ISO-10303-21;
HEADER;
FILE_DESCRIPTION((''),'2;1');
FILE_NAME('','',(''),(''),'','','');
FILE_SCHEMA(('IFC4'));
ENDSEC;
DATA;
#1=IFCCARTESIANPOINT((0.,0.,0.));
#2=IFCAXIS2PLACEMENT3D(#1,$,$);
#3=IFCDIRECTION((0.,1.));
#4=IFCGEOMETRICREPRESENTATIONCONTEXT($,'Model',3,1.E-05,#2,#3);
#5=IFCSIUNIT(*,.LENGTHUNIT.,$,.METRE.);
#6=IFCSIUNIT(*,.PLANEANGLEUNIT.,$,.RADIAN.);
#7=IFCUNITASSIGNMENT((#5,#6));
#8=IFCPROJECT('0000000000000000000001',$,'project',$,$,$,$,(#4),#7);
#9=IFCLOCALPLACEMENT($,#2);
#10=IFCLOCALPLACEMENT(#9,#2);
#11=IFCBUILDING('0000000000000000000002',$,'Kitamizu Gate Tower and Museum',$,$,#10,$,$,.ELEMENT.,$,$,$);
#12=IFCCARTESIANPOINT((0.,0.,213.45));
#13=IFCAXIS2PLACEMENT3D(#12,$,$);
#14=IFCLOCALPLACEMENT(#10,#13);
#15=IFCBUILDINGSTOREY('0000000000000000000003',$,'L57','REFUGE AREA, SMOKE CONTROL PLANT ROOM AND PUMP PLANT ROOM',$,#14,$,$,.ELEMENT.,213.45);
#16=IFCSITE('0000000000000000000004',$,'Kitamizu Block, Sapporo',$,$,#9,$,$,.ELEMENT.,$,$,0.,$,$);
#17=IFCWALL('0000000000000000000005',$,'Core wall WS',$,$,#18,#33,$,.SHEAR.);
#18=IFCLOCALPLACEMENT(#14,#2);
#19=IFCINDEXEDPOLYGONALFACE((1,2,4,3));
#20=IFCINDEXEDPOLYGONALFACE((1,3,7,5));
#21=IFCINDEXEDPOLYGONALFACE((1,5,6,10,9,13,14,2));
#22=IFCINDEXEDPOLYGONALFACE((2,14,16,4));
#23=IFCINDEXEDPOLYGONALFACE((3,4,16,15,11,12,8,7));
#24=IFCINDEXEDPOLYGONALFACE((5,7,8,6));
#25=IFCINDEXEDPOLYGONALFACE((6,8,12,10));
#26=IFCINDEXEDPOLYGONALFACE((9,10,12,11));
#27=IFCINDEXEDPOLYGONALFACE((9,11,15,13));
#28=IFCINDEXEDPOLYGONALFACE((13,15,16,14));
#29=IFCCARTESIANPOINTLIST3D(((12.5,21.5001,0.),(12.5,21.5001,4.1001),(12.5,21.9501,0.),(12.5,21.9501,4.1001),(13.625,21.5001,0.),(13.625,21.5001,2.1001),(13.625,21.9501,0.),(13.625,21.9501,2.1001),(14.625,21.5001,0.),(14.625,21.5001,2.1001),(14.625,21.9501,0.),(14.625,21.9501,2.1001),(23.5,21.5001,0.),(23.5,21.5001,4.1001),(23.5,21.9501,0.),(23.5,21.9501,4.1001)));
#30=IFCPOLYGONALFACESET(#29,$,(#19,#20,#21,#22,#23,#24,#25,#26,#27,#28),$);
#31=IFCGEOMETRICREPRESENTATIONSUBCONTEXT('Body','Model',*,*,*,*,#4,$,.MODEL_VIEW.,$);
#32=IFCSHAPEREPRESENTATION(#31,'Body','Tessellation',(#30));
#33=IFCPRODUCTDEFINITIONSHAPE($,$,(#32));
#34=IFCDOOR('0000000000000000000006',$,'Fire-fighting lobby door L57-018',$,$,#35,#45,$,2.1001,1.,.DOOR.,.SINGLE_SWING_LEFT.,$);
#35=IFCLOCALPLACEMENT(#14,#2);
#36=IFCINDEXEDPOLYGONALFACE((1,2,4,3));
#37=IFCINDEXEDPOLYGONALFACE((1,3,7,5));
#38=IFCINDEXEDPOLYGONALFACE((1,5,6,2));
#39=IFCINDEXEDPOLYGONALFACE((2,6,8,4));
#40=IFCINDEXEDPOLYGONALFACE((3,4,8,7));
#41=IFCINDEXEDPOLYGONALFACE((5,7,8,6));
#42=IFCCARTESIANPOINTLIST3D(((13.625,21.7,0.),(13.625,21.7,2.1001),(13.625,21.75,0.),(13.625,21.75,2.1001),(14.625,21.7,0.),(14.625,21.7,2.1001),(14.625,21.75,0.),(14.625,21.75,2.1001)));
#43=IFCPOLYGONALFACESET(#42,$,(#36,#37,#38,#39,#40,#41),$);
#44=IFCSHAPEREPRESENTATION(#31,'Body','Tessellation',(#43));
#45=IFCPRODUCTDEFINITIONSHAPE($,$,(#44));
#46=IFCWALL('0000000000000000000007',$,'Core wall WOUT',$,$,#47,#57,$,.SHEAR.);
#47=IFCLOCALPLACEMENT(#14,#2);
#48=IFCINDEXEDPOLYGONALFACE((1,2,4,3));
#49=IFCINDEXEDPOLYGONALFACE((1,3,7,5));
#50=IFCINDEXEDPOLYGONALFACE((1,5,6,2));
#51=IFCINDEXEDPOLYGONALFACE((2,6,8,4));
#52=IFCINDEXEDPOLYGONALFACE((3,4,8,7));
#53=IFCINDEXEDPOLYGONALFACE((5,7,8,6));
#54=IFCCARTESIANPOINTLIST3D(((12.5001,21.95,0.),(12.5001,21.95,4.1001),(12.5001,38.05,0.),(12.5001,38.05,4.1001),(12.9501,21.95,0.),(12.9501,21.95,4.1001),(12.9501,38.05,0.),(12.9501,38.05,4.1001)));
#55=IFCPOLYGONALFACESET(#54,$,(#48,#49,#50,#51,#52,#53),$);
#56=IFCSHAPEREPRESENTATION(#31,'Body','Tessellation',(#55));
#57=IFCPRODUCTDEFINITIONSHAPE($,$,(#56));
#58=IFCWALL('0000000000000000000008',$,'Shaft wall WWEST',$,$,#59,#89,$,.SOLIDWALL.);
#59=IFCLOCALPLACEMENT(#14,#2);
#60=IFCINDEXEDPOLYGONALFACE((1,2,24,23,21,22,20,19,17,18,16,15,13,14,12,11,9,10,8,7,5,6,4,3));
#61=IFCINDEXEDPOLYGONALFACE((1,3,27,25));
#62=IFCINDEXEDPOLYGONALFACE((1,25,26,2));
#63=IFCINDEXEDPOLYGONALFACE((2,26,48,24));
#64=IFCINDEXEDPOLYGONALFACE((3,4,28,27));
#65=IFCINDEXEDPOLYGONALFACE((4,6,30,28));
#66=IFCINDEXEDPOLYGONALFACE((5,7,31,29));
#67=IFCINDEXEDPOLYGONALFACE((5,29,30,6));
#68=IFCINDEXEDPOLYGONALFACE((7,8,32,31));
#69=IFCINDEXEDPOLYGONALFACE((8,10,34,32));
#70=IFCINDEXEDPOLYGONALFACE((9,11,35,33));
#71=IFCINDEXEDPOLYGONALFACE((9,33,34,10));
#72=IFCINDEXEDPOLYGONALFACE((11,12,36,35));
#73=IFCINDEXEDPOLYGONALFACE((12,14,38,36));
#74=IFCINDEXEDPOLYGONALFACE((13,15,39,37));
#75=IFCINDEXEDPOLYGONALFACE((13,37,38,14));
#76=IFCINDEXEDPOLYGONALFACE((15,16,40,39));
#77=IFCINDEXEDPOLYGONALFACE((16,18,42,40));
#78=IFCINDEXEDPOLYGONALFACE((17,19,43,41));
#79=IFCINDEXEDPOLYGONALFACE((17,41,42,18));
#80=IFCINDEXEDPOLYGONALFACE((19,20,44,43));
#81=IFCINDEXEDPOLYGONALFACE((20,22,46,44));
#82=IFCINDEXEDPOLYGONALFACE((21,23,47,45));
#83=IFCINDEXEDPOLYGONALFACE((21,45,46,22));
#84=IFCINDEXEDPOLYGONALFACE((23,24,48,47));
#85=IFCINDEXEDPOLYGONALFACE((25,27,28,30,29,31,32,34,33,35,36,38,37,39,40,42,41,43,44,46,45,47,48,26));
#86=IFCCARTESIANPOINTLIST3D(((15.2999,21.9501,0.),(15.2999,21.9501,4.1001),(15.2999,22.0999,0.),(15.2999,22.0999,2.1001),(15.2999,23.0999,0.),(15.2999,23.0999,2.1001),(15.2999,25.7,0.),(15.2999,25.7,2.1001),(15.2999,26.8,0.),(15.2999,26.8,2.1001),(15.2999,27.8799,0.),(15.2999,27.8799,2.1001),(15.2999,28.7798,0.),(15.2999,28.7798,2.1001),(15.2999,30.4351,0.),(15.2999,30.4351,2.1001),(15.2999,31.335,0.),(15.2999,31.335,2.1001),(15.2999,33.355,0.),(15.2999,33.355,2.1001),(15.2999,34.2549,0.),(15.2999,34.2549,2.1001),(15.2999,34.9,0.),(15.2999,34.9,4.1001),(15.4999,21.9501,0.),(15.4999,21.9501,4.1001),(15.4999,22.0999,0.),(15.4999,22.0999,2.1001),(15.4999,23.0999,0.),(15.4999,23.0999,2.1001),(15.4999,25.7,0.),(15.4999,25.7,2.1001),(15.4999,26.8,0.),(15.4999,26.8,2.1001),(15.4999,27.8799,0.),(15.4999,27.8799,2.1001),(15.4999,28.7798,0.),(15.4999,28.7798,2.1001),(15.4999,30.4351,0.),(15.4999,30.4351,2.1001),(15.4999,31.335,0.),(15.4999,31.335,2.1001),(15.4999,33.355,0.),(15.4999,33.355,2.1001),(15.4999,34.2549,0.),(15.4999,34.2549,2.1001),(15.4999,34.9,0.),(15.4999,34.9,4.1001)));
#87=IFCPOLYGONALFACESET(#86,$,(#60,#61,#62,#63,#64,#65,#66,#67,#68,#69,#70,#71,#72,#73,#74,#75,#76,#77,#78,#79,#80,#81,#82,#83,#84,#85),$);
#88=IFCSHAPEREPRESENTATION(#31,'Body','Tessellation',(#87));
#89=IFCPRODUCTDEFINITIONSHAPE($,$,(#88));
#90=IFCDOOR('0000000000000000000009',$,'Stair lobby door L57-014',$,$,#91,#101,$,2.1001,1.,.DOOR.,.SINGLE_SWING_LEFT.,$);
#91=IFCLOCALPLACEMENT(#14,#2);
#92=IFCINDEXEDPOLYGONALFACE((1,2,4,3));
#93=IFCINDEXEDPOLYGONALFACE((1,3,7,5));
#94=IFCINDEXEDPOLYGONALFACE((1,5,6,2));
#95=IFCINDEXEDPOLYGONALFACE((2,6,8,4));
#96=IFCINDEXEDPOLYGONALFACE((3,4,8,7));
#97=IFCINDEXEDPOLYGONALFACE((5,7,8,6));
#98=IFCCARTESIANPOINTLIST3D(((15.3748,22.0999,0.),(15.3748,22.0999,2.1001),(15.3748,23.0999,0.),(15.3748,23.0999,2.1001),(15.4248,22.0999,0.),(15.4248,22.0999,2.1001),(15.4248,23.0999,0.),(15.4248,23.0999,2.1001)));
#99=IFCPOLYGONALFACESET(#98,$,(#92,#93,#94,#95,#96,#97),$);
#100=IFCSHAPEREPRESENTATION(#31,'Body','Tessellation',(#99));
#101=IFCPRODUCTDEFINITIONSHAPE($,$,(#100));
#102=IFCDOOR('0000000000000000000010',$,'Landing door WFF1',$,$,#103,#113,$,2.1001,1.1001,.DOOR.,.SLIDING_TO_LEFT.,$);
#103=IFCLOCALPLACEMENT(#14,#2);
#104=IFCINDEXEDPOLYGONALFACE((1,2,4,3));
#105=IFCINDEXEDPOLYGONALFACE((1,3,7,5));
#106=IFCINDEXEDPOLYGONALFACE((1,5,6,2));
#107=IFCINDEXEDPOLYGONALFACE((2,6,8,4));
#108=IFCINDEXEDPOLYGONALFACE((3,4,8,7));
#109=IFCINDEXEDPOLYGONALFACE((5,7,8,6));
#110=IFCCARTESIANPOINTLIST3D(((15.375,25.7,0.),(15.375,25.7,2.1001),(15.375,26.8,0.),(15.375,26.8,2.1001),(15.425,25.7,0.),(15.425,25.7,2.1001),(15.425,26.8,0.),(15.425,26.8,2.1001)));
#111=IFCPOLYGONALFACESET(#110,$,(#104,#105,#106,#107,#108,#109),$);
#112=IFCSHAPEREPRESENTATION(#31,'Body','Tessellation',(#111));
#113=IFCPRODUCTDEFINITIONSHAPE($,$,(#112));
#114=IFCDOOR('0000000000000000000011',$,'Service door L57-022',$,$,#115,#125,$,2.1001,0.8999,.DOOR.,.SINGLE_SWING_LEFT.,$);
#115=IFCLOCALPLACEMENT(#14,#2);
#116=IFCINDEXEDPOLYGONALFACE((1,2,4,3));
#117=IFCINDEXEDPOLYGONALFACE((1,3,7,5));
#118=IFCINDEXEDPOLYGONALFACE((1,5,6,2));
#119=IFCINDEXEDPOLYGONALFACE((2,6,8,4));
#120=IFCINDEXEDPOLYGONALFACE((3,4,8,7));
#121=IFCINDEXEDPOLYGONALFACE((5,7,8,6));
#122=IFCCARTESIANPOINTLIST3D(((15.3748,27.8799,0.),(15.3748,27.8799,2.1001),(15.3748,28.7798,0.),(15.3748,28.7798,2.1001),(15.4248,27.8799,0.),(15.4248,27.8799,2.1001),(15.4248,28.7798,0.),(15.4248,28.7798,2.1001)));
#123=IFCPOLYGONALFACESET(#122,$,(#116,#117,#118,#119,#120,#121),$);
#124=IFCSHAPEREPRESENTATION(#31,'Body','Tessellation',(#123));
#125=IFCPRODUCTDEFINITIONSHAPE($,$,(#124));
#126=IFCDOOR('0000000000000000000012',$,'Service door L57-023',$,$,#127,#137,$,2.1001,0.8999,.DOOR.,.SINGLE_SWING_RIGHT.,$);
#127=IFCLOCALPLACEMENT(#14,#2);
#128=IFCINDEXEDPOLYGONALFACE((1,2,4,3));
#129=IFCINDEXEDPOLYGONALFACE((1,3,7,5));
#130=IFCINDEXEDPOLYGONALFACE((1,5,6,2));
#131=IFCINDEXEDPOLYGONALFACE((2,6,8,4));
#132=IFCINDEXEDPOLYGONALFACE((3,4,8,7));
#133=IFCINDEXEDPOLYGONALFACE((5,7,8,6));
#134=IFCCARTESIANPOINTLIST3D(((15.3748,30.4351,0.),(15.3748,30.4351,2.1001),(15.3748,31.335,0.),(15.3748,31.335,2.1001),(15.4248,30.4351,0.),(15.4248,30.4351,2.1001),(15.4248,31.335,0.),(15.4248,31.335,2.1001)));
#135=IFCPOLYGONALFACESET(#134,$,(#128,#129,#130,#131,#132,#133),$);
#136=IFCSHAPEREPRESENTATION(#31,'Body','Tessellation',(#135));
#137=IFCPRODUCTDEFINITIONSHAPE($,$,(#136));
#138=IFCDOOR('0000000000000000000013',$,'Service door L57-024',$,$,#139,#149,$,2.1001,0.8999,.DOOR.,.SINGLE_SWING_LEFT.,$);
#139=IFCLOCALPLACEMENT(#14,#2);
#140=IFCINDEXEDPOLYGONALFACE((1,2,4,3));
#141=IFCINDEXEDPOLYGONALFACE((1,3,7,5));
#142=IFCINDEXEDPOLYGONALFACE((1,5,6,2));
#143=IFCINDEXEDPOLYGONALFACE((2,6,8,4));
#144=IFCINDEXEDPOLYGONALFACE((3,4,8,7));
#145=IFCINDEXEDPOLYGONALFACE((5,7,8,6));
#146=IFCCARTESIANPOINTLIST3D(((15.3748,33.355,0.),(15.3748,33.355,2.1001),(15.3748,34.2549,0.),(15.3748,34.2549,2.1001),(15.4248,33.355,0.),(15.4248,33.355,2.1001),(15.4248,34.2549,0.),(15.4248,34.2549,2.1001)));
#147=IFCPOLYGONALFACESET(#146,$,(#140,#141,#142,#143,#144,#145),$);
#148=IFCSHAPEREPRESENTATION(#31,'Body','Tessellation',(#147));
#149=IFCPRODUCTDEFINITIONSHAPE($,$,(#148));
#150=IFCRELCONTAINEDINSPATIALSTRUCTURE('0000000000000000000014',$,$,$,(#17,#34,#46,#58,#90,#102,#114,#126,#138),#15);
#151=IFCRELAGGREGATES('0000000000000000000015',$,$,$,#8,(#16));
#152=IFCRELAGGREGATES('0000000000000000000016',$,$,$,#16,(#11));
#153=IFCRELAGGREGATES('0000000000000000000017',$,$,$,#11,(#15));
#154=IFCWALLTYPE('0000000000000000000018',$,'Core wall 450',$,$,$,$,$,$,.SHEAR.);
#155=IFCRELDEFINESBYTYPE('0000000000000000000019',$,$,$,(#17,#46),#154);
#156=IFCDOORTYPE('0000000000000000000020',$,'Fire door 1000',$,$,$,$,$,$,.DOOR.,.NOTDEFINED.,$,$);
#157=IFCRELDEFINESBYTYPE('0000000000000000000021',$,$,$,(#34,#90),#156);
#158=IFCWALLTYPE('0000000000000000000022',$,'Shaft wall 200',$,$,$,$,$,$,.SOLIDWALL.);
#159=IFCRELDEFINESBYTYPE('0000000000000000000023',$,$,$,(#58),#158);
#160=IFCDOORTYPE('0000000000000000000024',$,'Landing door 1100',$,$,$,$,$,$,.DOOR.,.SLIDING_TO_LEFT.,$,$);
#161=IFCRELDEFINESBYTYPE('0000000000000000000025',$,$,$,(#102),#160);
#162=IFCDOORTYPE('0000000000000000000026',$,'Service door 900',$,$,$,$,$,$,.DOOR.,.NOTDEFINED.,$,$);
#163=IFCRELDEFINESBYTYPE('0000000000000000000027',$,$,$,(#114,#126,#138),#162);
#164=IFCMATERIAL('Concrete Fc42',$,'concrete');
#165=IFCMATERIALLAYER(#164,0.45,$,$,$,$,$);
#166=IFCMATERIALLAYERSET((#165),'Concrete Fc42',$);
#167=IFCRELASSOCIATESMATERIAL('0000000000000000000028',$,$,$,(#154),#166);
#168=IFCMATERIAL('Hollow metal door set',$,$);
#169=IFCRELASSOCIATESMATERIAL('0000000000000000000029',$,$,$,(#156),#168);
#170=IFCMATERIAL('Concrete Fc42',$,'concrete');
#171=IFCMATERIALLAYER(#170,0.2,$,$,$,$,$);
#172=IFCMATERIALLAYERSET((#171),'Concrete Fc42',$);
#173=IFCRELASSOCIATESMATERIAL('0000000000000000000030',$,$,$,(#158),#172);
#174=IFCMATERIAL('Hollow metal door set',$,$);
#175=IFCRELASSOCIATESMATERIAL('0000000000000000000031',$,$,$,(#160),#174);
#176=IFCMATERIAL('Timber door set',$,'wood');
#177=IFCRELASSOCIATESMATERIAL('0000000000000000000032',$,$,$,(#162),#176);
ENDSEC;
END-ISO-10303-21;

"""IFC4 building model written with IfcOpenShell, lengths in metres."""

from ifc_helpers import new_model, si_unit, direction, frame, frame_2d, origin, place, context, subcontext, project, spatial, rectangle, extrude, material, layer, layer_set, type_object, element, fill, save


model = new_model("IFC4")

# Units and contexts
model_context = context("Model", 3, precision=1e-05, world=origin(), true_north=direction((0.0, 1.0)))
body_context = subcontext(model_context, "Body", "Model", "MODEL_VIEW")
ifc_project = project(units=[si_unit("LENGTHUNIT", "METRE"), si_unit("PLANEANGLEUNIT", "RADIAN")], contexts=[model_context])

# Site, building, storey
site_placement = place(None, origin())
site = spatial("IfcSite", under=ifc_project, at=site_placement, Name="Kitamizu Block, Sapporo", CompositionType="ELEMENT", RefElevation=0.0)
building_placement = place(site_placement, origin())
building = spatial("IfcBuilding", under=site, at=building_placement, Name="Kitamizu Gate Tower and Museum", CompositionType="ELEMENT")
storey_placement = place(building_placement, frame((0.0, 0.0, 213.45)))
storey = spatial("IfcBuildingStorey", under=building, at=storey_placement, Name="L57", Description="REFUGE AREA, SMOKE CONTROL PLANT ROOM AND PUMP PLANT ROOM", CompositionType="ELEMENT", Elevation=213.45)

# Wall, opening, door
ifc_material_1 = material(Name="Concrete Fc42", Category="concrete")
ifc_layer_1 = layer(ifc_material_1, 0.45)
ifc_layer_set_1 = layer_set([ifc_layer_1], Name="Concrete Fc42")
wall_type_1 = type_object("IfcWallType", Name="Core wall 450", PredefinedType="SHEAR", material=ifc_layer_set_1)
wall_1_placement = place(storey_placement, frame((12.5, 21.7251, 0.0), z_axis=(0.0, 0.0, 1.0), x_axis=(1.0, 0.0, 0.0)))
wall_1 = element("IfcWall", 1, at=wall_1_placement, inside=storey, type_object=wall_type_1, Name="Core wall WS", PredefinedType="SHEAR", context=body_context, shape_type="SweptSolid", body=[
    extrude(rectangle(XDim=11.0, YDim=0.45, at=frame_2d((5.5, 0.0))), origin(), (0.0, 0.0, 1.0), 4.1001),
])
opening_1_placement = place(wall_1_placement, frame((1.125, 0.0, 0.0)))
opening_1 = element("IfcOpeningElement", 2, at=opening_1_placement, cuts=wall_1, PredefinedType="OPENING", context=body_context, shape_type="SweptSolid", body=[
    extrude(rectangle(XDim=1.0, YDim=2.1001, at=frame_2d((0.5, 1.05))), frame((0.0, 0.2349, 0.0), z_axis=(0.0, -1.0, 0.0), x_axis=(1.0, 0.0, 0.0)), (0.0, 0.0, 1.0), 0.47),
])
ifc_material_2 = material(Name="Hollow metal door set")
door_type_1 = type_object("IfcDoorType", Name="Fire door 1000", OperationType="NOTDEFINED", PredefinedType="DOOR", material=ifc_material_2)
door_1_placement = place(opening_1_placement, origin())
door_1 = element("IfcDoor", 3, at=door_1_placement, inside=storey, type_object=door_type_1, Name="Fire-fighting lobby door L57-018", OperationType="SINGLE_SWING_LEFT", OverallHeight=2.1001, OverallWidth=1.0, PredefinedType="DOOR", context=body_context, shape_type="SweptSolid", body=[
    extrude(rectangle(XDim=1.0, YDim=2.1001, at=frame_2d((0.5, 1.05))), frame((0.0, 0.0249, 0.0), z_axis=(0.0, -1.0, 0.0), x_axis=(1.0, 0.0, 0.0)), (0.0, 0.0, 1.0), 0.05),
])
fill(opening_1, door_1)

# Wall
wall_2_placement = place(storey_placement, frame((12.7251, 21.95, 0.0), z_axis=(0.0, 0.0, 1.0), x_axis=(0.0, 1.0, 0.0)))
element("IfcWall", 4, at=wall_2_placement, inside=storey, type_object=wall_type_1, Name="Core wall WOUT", PredefinedType="SHEAR", context=body_context, shape_type="SweptSolid", body=[
    extrude(rectangle(XDim=16.1001, YDim=0.45, at=frame_2d((8.05, 0.0))), origin(), (0.0, 0.0, 1.0), 4.1001),
])

# Wall, openings, doors
ifc_material_3 = material(Name="Concrete Fc42", Category="concrete")
ifc_layer_2 = layer(ifc_material_3, 0.2)
ifc_layer_set_2 = layer_set([ifc_layer_2], Name="Concrete Fc42")
wall_type_2 = type_object("IfcWallType", Name="Shaft wall 200", PredefinedType="SOLIDWALL", material=ifc_layer_set_2)
wall_3_placement = place(storey_placement, frame((15.3999, 21.95, 0.0), z_axis=(0.0, 0.0, 1.0), x_axis=(0.0, 1.0, 0.0)))
wall_3 = element("IfcWall", 5, at=wall_3_placement, inside=storey, type_object=wall_type_2, Name="Shaft wall WWEST", PredefinedType="SOLIDWALL", context=body_context, shape_type="SweptSolid", body=[
    extrude(rectangle(XDim=12.95, YDim=0.2, at=frame_2d((6.4751, 0.0))), origin(), (0.0, 0.0, 1.0), 4.1001),
])
opening_2_placement = place(wall_3_placement, frame((3.75, 0.0, 0.0)))
opening_2 = element("IfcOpeningElement", 6, at=opening_2_placement, cuts=wall_3, PredefinedType="OPENING", context=body_context, shape_type="SweptSolid", body=[
    extrude(rectangle(XDim=1.1001, YDim=2.1001, at=frame_2d((0.55, 1.05))), frame((0.0, 0.1099, 0.0), z_axis=(0.0, -1.0, 0.0), x_axis=(1.0, 0.0, 0.0)), (0.0, 0.0, 1.0), 0.22),
])
opening_3_placement = place(wall_3_placement, frame((0.1499, 0.0, 0.0)))
opening_3 = element("IfcOpeningElement", 7, at=opening_3_placement, cuts=wall_3, PredefinedType="OPENING", context=body_context, shape_type="SweptSolid", body=[
    extrude(rectangle(XDim=1.0, YDim=2.1001, at=frame_2d((0.5, 1.05))), frame((0.0, 0.1099, 0.0), z_axis=(0.0, -1.0, 0.0), x_axis=(1.0, 0.0, 0.0)), (0.0, 0.0, 1.0), 0.22),
])
opening_4_placement = place(wall_3_placement, frame((5.9299, 0.0, 0.0)))
opening_4 = element("IfcOpeningElement", 8, at=opening_4_placement, cuts=wall_3, PredefinedType="OPENING", context=body_context, shape_type="SweptSolid", body=[
    extrude(rectangle(XDim=0.8999, YDim=2.1001, at=frame_2d((0.45, 1.05))), frame((0.0, 0.1099, 0.0), z_axis=(0.0, -1.0, 0.0), x_axis=(1.0, 0.0, 0.0)), (0.0, 0.0, 1.0), 0.22),
])
opening_5_placement = place(wall_3_placement, frame((8.4851, 0.0, 0.0)))
opening_5 = element("IfcOpeningElement", 9, at=opening_5_placement, cuts=wall_3, PredefinedType="OPENING", context=body_context, shape_type="SweptSolid", body=[
    extrude(rectangle(XDim=0.8999, YDim=2.1001, at=frame_2d((0.45, 1.05))), frame((0.0, 0.1099, 0.0), z_axis=(0.0, -1.0, 0.0), x_axis=(1.0, 0.0, 0.0)), (0.0, 0.0, 1.0), 0.22),
])
opening_6_placement = place(wall_3_placement, frame((11.405, 0.0, 0.0)))
opening_6 = element("IfcOpeningElement", 10, at=opening_6_placement, cuts=wall_3, PredefinedType="OPENING", context=body_context, shape_type="SweptSolid", body=[
    extrude(rectangle(XDim=0.8999, YDim=2.1001, at=frame_2d((0.45, 1.05))), frame((0.0, 0.1099, 0.0), z_axis=(0.0, -1.0, 0.0), x_axis=(1.0, 0.0, 0.0)), (0.0, 0.0, 1.0), 0.22),
])
door_2_placement = place(opening_3_placement, frame((1.0, 0.0, 0.0), x_axis=(-1.0, 0.0, 0.0)))
door_2 = element("IfcDoor", 11, at=door_2_placement, inside=storey, type_object=door_type_1, Name="Stair lobby door L57-014", OperationType="SINGLE_SWING_LEFT", OverallHeight=2.1001, OverallWidth=1.0, PredefinedType="DOOR", context=body_context, shape_type="SweptSolid", body=[
    extrude(rectangle(XDim=1.0, YDim=2.1001, at=frame_2d((0.5, 1.05))), frame((0.0, 0.0249, 0.0), z_axis=(0.0, -1.0, 0.0), x_axis=(1.0, 0.0, 0.0)), (0.0, 0.0, 1.0), 0.05),
])
fill(opening_3, door_2)
ifc_material_4 = material(Name="Hollow metal door set")
door_type_2 = type_object("IfcDoorType", Name="Landing door 1100", OperationType="SLIDING_TO_LEFT", PredefinedType="DOOR", material=ifc_material_4)
door_3_placement = place(opening_2_placement, origin())
door_3 = element("IfcDoor", 12, at=door_3_placement, inside=storey, type_object=door_type_2, Name="Landing door WFF1", OperationType="SLIDING_TO_LEFT", OverallHeight=2.1001, OverallWidth=1.1001, PredefinedType="DOOR", context=body_context, shape_type="SweptSolid", body=[
    extrude(rectangle(XDim=1.1001, YDim=2.1001, at=frame_2d((0.55, 1.05))), frame((0.0, 0.0249, 0.0), z_axis=(0.0, -1.0, 0.0), x_axis=(1.0, 0.0, 0.0)), (0.0, 0.0, 1.0), 0.05),
])
fill(opening_2, door_3)
ifc_material_5 = material(Name="Timber door set", Category="wood")
door_type_3 = type_object("IfcDoorType", Name="Service door 900", OperationType="NOTDEFINED", PredefinedType="DOOR", material=ifc_material_5)
door_4_placement = place(opening_4_placement, frame((0.8999, 0.0, 0.0), x_axis=(-1.0, 0.0, 0.0)))
door_4 = element("IfcDoor", 13, at=door_4_placement, inside=storey, type_object=door_type_3, Name="Service door L57-022", OperationType="SINGLE_SWING_LEFT", OverallHeight=2.1001, OverallWidth=0.8999, PredefinedType="DOOR", context=body_context, shape_type="SweptSolid", body=[
    extrude(rectangle(XDim=0.8999, YDim=2.1001, at=frame_2d((0.45, 1.05))), frame((0.0, 0.0249, 0.0), z_axis=(0.0, -1.0, 0.0), x_axis=(1.0, 0.0, 0.0)), (0.0, 0.0, 1.0), 0.05),
])
fill(opening_4, door_4)
door_5_placement = place(opening_5_placement, frame((0.8999, 0.0, 0.0), x_axis=(-1.0, 0.0, 0.0)))
door_5 = element("IfcDoor", 14, at=door_5_placement, inside=storey, type_object=door_type_3, Name="Service door L57-023", OperationType="SINGLE_SWING_RIGHT", OverallHeight=2.1001, OverallWidth=0.8999, PredefinedType="DOOR", context=body_context, shape_type="SweptSolid", body=[
    extrude(rectangle(XDim=0.8999, YDim=2.1001, at=frame_2d((0.45, 1.05))), frame((0.0, 0.0249, 0.0), z_axis=(0.0, -1.0, 0.0), x_axis=(1.0, 0.0, 0.0)), (0.0, 0.0, 1.0), 0.05),
])
fill(opening_5, door_5)
door_6_placement = place(opening_6_placement, frame((0.8999, 0.0, 0.0), x_axis=(-1.0, 0.0, 0.0)))
door_6 = element("IfcDoor", 15, at=door_6_placement, inside=storey, type_object=door_type_3, Name="Service door L57-024", OperationType="SINGLE_SWING_LEFT", OverallHeight=2.1001, OverallWidth=0.8999, PredefinedType="DOOR", context=body_context, shape_type="SweptSolid", body=[
    extrude(rectangle(XDim=0.8999, YDim=2.1001, at=frame_2d((0.45, 1.05))), frame((0.0, 0.0249, 0.0), z_axis=(0.0, -1.0, 0.0), x_axis=(1.0, 0.0, 0.0)), (0.0, 0.0, 1.0), 0.05),
])
fill(opening_6, door_6)

save(model, "model.ifc")
